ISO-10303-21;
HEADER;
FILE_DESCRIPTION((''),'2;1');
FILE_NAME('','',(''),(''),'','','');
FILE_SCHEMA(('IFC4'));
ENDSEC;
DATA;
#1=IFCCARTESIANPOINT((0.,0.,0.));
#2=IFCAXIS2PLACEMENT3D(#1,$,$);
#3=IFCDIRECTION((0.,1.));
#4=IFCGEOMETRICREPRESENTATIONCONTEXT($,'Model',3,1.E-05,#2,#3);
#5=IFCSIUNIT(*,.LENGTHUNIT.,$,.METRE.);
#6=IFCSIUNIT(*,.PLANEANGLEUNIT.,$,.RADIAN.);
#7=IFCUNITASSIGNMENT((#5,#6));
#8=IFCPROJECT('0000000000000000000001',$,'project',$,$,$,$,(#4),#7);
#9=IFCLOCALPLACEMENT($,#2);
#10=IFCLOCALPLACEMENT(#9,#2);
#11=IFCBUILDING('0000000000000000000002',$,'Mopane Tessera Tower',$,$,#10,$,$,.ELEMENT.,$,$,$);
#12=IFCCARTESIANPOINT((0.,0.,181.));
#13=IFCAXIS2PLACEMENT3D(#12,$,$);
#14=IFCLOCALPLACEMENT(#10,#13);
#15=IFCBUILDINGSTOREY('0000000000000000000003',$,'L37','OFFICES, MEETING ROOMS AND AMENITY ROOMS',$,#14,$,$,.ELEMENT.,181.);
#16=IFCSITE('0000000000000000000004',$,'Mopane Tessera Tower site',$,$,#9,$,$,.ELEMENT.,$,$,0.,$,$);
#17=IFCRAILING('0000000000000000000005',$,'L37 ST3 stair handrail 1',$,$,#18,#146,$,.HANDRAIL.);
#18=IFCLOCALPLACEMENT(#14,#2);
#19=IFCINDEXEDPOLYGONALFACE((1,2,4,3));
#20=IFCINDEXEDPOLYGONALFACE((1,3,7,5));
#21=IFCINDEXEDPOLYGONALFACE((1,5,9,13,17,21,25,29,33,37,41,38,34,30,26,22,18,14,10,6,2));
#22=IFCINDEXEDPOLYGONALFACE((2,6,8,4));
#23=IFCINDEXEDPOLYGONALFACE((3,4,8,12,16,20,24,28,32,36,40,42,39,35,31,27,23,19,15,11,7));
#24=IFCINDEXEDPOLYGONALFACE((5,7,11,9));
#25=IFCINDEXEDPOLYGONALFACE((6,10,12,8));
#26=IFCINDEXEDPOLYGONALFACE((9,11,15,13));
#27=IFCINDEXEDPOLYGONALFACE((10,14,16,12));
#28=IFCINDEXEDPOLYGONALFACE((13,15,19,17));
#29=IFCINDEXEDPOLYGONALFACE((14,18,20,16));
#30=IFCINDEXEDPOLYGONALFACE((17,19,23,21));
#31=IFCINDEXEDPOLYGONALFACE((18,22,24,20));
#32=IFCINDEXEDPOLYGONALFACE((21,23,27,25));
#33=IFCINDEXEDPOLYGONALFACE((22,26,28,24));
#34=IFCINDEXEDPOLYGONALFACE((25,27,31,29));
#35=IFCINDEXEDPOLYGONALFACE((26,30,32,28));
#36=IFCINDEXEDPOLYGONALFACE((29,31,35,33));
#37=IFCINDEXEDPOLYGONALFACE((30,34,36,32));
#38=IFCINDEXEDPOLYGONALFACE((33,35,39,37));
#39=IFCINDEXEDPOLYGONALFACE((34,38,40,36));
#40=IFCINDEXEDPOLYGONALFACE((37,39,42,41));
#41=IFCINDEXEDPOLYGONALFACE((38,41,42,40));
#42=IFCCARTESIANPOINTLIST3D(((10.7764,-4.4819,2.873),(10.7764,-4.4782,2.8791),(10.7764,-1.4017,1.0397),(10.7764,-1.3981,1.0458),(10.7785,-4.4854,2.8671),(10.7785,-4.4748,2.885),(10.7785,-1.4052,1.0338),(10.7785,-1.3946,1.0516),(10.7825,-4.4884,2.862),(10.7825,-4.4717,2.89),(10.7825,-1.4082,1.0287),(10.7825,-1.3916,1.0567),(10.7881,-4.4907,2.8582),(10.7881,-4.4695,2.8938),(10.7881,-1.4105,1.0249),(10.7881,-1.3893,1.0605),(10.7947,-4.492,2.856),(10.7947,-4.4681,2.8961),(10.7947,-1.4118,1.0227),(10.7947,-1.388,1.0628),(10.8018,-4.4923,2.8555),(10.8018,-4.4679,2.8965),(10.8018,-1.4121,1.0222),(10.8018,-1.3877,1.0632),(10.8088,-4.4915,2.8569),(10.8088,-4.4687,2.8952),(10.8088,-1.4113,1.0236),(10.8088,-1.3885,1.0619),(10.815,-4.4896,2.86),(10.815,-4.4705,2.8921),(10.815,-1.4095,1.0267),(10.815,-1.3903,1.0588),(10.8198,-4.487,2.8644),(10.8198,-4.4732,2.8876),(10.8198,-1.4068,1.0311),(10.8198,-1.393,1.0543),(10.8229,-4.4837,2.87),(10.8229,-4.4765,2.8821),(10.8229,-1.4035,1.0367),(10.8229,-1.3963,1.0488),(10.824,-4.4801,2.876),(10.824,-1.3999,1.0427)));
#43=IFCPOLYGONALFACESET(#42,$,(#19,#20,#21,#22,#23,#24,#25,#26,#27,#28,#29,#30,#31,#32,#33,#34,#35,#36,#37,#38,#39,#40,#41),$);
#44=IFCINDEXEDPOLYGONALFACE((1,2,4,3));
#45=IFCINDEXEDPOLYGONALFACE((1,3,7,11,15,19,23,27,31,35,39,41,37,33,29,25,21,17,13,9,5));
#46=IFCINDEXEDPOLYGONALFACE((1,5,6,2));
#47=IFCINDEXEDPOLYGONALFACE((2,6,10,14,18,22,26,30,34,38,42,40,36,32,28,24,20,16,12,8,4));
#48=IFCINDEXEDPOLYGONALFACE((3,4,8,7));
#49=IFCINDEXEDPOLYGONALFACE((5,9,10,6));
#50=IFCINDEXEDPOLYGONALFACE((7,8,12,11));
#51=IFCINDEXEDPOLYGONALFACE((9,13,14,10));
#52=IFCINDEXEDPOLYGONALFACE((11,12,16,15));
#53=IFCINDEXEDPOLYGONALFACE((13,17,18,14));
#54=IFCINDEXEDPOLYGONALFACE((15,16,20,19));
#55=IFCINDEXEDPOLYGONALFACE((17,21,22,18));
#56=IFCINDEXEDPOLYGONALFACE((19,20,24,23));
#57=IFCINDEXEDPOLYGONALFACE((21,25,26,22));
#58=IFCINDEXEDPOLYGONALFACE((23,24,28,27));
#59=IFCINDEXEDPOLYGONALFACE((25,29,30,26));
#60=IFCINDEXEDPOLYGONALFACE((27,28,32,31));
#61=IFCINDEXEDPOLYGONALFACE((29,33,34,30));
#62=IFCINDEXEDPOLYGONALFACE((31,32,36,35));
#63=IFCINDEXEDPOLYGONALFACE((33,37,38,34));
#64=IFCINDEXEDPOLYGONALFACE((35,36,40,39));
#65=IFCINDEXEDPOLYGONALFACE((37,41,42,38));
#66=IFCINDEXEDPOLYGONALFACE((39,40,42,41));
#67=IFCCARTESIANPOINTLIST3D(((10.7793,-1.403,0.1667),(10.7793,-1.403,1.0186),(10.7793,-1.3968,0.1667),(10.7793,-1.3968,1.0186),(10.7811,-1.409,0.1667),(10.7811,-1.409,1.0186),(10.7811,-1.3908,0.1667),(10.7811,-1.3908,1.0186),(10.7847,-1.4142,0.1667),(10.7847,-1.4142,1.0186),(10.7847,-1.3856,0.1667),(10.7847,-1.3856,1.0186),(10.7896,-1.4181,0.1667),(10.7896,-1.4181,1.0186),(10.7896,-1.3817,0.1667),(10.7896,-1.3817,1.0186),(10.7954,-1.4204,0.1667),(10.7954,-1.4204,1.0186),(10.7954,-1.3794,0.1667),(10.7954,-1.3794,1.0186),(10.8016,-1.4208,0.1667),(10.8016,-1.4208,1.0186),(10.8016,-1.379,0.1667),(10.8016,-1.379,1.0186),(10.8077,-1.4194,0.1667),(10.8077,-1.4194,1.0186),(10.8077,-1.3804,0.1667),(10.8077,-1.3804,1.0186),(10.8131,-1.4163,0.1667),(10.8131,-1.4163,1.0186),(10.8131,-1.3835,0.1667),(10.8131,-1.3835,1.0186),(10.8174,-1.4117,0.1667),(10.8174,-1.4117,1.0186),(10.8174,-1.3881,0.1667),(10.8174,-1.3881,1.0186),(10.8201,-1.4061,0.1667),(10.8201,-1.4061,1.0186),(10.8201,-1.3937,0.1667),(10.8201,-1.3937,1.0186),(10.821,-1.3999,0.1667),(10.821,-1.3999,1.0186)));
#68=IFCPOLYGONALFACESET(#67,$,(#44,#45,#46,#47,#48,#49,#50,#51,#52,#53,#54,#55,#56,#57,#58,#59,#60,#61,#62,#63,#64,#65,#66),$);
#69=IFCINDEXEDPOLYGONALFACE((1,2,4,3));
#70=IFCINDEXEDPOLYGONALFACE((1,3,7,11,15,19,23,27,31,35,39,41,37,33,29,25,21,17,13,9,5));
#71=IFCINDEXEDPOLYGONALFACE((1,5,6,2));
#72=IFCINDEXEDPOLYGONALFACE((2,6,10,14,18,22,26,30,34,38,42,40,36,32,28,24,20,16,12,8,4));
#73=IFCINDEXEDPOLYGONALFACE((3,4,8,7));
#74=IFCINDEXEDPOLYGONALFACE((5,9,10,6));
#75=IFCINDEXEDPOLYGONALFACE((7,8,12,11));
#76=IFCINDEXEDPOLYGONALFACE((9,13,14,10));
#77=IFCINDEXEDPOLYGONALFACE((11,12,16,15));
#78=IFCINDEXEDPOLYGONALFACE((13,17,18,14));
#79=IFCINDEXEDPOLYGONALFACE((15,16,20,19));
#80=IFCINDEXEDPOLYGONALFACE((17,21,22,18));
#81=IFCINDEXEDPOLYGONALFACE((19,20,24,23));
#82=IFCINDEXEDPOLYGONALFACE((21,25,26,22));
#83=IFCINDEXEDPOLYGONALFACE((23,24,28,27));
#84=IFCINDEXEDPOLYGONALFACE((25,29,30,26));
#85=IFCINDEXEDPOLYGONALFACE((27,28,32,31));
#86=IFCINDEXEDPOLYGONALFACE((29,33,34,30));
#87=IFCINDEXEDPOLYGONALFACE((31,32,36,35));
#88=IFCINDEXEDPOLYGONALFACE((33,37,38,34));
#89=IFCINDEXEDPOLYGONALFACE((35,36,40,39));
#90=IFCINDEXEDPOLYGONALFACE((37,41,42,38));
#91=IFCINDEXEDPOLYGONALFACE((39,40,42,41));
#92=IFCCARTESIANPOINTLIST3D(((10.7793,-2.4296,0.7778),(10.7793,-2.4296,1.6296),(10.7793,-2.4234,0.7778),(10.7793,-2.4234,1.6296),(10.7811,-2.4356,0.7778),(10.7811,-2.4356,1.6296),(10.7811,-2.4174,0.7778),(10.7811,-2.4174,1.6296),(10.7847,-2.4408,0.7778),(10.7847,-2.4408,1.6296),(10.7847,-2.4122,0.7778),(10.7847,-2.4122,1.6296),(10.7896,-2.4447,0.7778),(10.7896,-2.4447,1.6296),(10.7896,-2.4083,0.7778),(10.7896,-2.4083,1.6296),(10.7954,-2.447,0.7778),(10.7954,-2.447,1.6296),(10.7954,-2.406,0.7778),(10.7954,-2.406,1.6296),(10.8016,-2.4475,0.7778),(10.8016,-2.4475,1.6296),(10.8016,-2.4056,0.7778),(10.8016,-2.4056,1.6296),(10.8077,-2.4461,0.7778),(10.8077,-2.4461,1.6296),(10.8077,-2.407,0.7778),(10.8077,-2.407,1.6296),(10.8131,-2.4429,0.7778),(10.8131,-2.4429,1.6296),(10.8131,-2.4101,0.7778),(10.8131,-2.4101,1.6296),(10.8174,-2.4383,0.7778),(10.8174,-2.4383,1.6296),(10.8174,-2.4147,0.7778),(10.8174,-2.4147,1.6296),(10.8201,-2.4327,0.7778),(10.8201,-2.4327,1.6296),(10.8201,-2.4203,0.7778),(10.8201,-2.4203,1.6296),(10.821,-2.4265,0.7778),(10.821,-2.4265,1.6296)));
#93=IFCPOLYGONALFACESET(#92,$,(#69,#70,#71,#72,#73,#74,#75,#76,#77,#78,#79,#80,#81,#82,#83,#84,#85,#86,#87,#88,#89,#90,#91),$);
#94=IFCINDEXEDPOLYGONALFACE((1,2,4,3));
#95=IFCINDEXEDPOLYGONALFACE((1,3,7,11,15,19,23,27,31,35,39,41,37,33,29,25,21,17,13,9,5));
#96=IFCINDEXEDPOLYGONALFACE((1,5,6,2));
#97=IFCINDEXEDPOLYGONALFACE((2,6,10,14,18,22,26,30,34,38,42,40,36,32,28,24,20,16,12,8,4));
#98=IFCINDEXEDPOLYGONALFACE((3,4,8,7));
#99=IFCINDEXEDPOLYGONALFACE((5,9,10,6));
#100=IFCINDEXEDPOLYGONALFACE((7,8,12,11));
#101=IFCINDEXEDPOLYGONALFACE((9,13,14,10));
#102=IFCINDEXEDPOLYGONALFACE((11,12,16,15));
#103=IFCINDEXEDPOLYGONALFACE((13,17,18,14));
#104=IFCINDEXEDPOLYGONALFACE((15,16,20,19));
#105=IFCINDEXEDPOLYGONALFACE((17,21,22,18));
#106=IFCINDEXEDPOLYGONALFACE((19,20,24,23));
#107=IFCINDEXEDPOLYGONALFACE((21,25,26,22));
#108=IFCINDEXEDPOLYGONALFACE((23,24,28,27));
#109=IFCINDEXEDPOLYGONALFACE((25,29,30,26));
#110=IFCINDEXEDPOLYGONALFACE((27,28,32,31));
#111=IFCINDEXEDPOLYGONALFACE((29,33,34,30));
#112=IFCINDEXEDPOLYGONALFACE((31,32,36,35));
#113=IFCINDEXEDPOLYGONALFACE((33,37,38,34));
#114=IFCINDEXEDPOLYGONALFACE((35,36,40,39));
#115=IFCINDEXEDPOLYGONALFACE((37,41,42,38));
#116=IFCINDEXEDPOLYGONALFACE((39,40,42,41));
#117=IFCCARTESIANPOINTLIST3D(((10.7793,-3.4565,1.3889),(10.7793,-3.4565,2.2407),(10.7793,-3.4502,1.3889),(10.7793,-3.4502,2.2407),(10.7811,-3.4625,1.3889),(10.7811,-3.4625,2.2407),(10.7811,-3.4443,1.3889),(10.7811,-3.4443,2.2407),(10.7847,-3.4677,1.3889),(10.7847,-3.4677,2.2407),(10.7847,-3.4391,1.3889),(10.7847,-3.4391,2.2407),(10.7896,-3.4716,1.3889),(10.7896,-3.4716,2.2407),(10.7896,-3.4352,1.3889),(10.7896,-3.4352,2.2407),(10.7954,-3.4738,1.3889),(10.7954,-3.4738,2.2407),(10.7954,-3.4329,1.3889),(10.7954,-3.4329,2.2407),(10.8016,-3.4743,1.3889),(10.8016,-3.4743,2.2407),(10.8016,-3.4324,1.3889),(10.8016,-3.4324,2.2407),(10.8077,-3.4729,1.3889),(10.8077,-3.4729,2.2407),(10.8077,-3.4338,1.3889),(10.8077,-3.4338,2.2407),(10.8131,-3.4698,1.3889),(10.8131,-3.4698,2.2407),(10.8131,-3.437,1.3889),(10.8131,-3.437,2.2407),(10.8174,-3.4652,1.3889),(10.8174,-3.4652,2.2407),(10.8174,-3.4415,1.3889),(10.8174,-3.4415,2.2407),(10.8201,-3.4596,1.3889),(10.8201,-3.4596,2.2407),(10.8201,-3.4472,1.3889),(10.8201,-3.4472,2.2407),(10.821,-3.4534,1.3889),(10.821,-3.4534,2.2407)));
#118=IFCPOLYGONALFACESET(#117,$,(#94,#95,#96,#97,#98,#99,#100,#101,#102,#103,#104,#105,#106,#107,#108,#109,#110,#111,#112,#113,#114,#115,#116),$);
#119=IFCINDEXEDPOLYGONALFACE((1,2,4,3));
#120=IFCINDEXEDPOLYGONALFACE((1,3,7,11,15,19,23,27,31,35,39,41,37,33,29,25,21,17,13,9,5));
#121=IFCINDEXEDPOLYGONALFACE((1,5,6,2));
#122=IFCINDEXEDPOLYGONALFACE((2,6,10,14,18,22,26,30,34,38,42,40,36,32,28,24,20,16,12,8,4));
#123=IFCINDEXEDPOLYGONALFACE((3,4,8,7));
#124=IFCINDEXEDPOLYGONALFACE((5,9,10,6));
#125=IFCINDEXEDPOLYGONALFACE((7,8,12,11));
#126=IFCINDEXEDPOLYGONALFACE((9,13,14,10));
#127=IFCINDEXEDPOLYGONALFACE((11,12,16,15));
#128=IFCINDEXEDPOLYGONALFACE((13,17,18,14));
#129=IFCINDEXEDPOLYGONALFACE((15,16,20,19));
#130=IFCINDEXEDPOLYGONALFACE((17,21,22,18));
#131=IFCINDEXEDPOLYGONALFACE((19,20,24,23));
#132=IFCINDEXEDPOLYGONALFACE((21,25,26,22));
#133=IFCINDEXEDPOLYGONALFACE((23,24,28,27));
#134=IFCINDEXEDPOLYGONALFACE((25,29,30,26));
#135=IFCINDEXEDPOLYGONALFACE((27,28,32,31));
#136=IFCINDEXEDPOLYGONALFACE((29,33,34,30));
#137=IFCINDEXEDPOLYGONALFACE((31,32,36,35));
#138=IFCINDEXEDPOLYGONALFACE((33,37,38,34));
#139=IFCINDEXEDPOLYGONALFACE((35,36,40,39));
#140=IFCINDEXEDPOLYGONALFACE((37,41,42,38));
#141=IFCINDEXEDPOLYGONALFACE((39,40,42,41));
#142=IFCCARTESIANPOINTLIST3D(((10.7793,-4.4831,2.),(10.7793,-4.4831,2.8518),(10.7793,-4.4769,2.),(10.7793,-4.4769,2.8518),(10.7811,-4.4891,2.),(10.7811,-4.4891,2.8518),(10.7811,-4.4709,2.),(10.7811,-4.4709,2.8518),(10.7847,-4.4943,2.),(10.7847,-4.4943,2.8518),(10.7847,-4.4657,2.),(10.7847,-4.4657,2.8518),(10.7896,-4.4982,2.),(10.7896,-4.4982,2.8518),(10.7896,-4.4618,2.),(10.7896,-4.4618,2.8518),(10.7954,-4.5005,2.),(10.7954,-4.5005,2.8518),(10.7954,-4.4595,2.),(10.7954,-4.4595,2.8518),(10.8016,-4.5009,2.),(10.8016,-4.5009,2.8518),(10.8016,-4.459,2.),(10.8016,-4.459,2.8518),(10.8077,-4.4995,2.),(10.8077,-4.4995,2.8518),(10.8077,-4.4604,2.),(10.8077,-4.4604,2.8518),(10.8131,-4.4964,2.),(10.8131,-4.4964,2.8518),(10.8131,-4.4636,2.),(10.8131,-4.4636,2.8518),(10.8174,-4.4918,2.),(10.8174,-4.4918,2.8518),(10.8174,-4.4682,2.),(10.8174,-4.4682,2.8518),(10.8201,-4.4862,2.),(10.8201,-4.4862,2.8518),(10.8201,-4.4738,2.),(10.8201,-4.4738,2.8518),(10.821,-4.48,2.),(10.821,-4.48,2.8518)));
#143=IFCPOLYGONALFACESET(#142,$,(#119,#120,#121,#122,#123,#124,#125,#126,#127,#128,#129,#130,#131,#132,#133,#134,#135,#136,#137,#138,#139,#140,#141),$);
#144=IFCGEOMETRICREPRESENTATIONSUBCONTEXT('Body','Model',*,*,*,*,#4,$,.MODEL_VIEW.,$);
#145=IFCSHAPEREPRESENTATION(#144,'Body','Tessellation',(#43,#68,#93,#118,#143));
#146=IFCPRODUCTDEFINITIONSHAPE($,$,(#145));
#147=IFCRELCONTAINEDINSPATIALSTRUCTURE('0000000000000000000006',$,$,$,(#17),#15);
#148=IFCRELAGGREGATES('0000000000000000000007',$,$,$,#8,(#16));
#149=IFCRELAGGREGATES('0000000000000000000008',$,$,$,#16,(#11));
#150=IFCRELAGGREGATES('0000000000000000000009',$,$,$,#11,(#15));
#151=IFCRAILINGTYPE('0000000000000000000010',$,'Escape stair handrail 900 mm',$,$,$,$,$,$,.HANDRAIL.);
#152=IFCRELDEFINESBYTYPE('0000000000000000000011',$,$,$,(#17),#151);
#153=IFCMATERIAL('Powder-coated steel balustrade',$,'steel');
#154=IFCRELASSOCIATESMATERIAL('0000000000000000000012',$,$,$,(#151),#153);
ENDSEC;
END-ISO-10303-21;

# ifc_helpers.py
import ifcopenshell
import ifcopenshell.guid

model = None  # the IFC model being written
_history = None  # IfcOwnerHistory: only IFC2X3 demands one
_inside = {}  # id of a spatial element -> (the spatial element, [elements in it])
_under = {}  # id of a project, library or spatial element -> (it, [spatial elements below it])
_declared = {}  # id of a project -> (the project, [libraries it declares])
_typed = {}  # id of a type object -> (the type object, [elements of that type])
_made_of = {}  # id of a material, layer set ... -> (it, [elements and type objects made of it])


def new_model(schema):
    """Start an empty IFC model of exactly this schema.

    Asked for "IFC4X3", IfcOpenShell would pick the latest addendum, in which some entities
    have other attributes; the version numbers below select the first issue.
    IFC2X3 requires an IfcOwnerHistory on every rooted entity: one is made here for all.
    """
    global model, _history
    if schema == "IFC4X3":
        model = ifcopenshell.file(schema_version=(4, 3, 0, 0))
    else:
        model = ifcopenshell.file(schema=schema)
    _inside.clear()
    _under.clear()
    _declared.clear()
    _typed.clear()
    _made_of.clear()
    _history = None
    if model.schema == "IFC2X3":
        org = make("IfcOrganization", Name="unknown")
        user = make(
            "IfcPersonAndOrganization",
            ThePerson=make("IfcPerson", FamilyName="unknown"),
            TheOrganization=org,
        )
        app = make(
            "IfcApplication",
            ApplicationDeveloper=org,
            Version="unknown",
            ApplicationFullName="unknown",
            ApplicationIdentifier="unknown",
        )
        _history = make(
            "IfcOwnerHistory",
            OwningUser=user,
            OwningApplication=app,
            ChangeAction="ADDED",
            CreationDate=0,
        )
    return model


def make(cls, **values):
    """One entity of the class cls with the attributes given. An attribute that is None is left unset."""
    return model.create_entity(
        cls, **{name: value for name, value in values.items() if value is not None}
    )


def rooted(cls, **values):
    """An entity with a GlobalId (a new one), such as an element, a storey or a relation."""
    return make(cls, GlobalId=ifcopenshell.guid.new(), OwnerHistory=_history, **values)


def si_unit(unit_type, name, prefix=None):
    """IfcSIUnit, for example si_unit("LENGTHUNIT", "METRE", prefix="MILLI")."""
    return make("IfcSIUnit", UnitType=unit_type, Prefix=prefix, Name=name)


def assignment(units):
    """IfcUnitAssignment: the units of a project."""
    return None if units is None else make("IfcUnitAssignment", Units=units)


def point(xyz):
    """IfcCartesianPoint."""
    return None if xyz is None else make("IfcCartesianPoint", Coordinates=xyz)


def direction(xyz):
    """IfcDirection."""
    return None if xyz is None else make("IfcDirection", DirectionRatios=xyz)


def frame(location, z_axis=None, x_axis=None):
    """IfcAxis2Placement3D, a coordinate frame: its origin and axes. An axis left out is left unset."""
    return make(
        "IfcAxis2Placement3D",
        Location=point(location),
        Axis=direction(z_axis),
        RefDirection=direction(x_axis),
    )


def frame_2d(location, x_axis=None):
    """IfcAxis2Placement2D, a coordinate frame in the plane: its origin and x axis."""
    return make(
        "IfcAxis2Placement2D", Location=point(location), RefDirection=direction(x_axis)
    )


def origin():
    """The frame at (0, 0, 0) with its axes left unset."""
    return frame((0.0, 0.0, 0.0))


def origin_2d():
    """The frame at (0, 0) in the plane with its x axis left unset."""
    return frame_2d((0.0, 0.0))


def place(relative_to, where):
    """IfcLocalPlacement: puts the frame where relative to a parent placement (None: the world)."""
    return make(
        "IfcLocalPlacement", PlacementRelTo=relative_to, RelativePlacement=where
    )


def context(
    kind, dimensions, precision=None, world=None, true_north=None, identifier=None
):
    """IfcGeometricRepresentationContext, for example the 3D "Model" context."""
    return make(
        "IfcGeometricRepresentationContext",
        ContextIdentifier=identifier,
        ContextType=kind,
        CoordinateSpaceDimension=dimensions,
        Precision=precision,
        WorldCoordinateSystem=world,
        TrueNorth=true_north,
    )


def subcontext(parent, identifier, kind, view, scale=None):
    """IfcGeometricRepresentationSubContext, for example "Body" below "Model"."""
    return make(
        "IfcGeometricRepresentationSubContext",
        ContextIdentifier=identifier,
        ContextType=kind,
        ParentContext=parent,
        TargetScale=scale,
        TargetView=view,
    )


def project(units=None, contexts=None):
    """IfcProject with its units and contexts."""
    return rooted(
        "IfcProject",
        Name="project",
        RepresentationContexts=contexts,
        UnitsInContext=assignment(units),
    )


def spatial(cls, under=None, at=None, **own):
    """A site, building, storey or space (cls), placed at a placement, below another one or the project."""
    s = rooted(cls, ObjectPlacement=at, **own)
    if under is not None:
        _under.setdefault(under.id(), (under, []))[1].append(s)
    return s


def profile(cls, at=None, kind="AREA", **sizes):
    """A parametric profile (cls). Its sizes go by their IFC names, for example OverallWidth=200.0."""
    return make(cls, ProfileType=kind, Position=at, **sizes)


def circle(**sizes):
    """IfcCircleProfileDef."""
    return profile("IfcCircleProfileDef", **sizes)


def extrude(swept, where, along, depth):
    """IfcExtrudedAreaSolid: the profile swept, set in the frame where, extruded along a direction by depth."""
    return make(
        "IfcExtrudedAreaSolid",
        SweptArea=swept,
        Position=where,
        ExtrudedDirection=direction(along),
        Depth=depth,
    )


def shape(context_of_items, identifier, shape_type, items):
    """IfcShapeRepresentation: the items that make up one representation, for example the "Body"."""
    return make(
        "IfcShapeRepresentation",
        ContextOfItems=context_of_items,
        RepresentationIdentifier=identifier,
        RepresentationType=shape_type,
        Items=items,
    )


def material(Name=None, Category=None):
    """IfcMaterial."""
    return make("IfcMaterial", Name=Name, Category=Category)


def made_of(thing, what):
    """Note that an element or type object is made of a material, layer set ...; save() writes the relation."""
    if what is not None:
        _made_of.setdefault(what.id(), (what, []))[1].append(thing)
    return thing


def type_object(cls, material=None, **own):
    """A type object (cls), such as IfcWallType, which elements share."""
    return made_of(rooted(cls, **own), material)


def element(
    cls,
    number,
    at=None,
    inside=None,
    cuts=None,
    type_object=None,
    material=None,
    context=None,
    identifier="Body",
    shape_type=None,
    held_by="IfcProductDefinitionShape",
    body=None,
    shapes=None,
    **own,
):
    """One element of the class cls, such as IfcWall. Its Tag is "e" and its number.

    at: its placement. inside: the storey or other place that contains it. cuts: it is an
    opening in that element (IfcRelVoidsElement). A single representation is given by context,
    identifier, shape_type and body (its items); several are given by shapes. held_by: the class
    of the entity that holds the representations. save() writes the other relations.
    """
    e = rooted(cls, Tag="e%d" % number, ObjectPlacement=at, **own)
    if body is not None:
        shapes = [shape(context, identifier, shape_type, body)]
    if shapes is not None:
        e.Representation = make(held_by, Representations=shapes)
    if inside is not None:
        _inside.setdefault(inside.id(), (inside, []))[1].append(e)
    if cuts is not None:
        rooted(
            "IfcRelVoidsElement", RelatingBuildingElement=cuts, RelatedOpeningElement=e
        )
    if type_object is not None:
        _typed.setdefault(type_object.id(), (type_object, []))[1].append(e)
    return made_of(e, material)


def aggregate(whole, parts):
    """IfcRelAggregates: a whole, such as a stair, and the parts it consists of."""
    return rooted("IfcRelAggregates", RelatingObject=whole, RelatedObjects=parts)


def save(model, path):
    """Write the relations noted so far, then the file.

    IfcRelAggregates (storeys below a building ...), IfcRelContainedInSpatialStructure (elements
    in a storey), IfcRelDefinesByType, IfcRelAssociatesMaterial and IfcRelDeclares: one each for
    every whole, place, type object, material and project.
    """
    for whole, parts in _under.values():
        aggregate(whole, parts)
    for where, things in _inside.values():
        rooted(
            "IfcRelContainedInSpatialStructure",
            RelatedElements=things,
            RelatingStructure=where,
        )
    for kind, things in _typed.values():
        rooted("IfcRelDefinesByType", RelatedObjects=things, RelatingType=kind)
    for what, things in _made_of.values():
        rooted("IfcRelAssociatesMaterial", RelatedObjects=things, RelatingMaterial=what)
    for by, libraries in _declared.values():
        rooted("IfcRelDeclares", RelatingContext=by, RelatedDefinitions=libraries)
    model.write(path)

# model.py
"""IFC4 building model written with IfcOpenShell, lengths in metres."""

from ifc_helpers import new_model, si_unit, direction, frame, origin, origin_2d, place, context, subcontext, project, spatial, circle, extrude, material, type_object, element, save


model = new_model("IFC4")

# Units and contexts
model_context = context("Model", 3, precision=1e-05, world=origin(), true_north=direction((0.0, 1.0)))
body_context = subcontext(model_context, "Body", "Model", "MODEL_VIEW")
ifc_project = project(units=[si_unit("LENGTHUNIT", "METRE"), si_unit("PLANEANGLEUNIT", "RADIAN")], contexts=[model_context])

# Site, building, storey
site_placement = place(None, origin())
site = spatial("IfcSite", under=ifc_project, at=site_placement, Name="Mopane Tessera Tower site", CompositionType="ELEMENT", RefElevation=0.0)
building_placement = place(site_placement, origin())
building = spatial("IfcBuilding", under=site, at=building_placement, Name="Mopane Tessera Tower", CompositionType="ELEMENT")
storey_placement = place(building_placement, frame((0.0, 0.0, 181.0)))
storey = spatial("IfcBuildingStorey", under=building, at=storey_placement, Name="L37", Description="OFFICES, MEETING ROOMS AND AMENITY ROOMS", CompositionType="ELEMENT", Elevation=181.0)

# Railing
ifc_material_1 = material(Name="Powder-coated steel balustrade", Category="steel")
railing_type_1 = type_object("IfcRailingType", Name="Escape stair handrail 900 mm", PredefinedType="HANDRAIL", material=ifc_material_1)
railing_1_placement = place(storey_placement, frame((10.8, -1.3999, 0.1667)))
element("IfcRailing", 1, at=railing_1_placement, inside=storey, type_object=railing_type_1, Name="L37 ST3 stair handrail 1", PredefinedType="HANDRAIL", context=body_context, shape_type="SweptSolid", body=[
    extrude(circle(Radius=0.0239, at=origin_2d()), frame((0.0, 0.0, 0.876), z_axis=(0.0, -0.859309, 0.511458), x_axis=(1.0, 0.0, 0.0)), (0.0, 0.0, 1.0), 3.5845),
    extrude(circle(Radius=0.021, at=origin_2d()), origin(), (0.0, 0.0, 1.0), 0.8518),
    extrude(circle(Radius=0.021, at=origin_2d()), frame((0.0, -1.0266, 0.6111)), (0.0, 0.0, 1.0), 0.8518),
    extrude(circle(Radius=0.021, at=origin_2d()), frame((0.0, -2.0535, 1.2222)), (0.0, 0.0, 1.0), 0.8518),
    extrude(circle(Radius=0.021, at=origin_2d()), frame((0.0, -3.0801, 1.8333)), (0.0, 0.0, 1.0), 0.8518),
])

save(model, "model.ifc")
